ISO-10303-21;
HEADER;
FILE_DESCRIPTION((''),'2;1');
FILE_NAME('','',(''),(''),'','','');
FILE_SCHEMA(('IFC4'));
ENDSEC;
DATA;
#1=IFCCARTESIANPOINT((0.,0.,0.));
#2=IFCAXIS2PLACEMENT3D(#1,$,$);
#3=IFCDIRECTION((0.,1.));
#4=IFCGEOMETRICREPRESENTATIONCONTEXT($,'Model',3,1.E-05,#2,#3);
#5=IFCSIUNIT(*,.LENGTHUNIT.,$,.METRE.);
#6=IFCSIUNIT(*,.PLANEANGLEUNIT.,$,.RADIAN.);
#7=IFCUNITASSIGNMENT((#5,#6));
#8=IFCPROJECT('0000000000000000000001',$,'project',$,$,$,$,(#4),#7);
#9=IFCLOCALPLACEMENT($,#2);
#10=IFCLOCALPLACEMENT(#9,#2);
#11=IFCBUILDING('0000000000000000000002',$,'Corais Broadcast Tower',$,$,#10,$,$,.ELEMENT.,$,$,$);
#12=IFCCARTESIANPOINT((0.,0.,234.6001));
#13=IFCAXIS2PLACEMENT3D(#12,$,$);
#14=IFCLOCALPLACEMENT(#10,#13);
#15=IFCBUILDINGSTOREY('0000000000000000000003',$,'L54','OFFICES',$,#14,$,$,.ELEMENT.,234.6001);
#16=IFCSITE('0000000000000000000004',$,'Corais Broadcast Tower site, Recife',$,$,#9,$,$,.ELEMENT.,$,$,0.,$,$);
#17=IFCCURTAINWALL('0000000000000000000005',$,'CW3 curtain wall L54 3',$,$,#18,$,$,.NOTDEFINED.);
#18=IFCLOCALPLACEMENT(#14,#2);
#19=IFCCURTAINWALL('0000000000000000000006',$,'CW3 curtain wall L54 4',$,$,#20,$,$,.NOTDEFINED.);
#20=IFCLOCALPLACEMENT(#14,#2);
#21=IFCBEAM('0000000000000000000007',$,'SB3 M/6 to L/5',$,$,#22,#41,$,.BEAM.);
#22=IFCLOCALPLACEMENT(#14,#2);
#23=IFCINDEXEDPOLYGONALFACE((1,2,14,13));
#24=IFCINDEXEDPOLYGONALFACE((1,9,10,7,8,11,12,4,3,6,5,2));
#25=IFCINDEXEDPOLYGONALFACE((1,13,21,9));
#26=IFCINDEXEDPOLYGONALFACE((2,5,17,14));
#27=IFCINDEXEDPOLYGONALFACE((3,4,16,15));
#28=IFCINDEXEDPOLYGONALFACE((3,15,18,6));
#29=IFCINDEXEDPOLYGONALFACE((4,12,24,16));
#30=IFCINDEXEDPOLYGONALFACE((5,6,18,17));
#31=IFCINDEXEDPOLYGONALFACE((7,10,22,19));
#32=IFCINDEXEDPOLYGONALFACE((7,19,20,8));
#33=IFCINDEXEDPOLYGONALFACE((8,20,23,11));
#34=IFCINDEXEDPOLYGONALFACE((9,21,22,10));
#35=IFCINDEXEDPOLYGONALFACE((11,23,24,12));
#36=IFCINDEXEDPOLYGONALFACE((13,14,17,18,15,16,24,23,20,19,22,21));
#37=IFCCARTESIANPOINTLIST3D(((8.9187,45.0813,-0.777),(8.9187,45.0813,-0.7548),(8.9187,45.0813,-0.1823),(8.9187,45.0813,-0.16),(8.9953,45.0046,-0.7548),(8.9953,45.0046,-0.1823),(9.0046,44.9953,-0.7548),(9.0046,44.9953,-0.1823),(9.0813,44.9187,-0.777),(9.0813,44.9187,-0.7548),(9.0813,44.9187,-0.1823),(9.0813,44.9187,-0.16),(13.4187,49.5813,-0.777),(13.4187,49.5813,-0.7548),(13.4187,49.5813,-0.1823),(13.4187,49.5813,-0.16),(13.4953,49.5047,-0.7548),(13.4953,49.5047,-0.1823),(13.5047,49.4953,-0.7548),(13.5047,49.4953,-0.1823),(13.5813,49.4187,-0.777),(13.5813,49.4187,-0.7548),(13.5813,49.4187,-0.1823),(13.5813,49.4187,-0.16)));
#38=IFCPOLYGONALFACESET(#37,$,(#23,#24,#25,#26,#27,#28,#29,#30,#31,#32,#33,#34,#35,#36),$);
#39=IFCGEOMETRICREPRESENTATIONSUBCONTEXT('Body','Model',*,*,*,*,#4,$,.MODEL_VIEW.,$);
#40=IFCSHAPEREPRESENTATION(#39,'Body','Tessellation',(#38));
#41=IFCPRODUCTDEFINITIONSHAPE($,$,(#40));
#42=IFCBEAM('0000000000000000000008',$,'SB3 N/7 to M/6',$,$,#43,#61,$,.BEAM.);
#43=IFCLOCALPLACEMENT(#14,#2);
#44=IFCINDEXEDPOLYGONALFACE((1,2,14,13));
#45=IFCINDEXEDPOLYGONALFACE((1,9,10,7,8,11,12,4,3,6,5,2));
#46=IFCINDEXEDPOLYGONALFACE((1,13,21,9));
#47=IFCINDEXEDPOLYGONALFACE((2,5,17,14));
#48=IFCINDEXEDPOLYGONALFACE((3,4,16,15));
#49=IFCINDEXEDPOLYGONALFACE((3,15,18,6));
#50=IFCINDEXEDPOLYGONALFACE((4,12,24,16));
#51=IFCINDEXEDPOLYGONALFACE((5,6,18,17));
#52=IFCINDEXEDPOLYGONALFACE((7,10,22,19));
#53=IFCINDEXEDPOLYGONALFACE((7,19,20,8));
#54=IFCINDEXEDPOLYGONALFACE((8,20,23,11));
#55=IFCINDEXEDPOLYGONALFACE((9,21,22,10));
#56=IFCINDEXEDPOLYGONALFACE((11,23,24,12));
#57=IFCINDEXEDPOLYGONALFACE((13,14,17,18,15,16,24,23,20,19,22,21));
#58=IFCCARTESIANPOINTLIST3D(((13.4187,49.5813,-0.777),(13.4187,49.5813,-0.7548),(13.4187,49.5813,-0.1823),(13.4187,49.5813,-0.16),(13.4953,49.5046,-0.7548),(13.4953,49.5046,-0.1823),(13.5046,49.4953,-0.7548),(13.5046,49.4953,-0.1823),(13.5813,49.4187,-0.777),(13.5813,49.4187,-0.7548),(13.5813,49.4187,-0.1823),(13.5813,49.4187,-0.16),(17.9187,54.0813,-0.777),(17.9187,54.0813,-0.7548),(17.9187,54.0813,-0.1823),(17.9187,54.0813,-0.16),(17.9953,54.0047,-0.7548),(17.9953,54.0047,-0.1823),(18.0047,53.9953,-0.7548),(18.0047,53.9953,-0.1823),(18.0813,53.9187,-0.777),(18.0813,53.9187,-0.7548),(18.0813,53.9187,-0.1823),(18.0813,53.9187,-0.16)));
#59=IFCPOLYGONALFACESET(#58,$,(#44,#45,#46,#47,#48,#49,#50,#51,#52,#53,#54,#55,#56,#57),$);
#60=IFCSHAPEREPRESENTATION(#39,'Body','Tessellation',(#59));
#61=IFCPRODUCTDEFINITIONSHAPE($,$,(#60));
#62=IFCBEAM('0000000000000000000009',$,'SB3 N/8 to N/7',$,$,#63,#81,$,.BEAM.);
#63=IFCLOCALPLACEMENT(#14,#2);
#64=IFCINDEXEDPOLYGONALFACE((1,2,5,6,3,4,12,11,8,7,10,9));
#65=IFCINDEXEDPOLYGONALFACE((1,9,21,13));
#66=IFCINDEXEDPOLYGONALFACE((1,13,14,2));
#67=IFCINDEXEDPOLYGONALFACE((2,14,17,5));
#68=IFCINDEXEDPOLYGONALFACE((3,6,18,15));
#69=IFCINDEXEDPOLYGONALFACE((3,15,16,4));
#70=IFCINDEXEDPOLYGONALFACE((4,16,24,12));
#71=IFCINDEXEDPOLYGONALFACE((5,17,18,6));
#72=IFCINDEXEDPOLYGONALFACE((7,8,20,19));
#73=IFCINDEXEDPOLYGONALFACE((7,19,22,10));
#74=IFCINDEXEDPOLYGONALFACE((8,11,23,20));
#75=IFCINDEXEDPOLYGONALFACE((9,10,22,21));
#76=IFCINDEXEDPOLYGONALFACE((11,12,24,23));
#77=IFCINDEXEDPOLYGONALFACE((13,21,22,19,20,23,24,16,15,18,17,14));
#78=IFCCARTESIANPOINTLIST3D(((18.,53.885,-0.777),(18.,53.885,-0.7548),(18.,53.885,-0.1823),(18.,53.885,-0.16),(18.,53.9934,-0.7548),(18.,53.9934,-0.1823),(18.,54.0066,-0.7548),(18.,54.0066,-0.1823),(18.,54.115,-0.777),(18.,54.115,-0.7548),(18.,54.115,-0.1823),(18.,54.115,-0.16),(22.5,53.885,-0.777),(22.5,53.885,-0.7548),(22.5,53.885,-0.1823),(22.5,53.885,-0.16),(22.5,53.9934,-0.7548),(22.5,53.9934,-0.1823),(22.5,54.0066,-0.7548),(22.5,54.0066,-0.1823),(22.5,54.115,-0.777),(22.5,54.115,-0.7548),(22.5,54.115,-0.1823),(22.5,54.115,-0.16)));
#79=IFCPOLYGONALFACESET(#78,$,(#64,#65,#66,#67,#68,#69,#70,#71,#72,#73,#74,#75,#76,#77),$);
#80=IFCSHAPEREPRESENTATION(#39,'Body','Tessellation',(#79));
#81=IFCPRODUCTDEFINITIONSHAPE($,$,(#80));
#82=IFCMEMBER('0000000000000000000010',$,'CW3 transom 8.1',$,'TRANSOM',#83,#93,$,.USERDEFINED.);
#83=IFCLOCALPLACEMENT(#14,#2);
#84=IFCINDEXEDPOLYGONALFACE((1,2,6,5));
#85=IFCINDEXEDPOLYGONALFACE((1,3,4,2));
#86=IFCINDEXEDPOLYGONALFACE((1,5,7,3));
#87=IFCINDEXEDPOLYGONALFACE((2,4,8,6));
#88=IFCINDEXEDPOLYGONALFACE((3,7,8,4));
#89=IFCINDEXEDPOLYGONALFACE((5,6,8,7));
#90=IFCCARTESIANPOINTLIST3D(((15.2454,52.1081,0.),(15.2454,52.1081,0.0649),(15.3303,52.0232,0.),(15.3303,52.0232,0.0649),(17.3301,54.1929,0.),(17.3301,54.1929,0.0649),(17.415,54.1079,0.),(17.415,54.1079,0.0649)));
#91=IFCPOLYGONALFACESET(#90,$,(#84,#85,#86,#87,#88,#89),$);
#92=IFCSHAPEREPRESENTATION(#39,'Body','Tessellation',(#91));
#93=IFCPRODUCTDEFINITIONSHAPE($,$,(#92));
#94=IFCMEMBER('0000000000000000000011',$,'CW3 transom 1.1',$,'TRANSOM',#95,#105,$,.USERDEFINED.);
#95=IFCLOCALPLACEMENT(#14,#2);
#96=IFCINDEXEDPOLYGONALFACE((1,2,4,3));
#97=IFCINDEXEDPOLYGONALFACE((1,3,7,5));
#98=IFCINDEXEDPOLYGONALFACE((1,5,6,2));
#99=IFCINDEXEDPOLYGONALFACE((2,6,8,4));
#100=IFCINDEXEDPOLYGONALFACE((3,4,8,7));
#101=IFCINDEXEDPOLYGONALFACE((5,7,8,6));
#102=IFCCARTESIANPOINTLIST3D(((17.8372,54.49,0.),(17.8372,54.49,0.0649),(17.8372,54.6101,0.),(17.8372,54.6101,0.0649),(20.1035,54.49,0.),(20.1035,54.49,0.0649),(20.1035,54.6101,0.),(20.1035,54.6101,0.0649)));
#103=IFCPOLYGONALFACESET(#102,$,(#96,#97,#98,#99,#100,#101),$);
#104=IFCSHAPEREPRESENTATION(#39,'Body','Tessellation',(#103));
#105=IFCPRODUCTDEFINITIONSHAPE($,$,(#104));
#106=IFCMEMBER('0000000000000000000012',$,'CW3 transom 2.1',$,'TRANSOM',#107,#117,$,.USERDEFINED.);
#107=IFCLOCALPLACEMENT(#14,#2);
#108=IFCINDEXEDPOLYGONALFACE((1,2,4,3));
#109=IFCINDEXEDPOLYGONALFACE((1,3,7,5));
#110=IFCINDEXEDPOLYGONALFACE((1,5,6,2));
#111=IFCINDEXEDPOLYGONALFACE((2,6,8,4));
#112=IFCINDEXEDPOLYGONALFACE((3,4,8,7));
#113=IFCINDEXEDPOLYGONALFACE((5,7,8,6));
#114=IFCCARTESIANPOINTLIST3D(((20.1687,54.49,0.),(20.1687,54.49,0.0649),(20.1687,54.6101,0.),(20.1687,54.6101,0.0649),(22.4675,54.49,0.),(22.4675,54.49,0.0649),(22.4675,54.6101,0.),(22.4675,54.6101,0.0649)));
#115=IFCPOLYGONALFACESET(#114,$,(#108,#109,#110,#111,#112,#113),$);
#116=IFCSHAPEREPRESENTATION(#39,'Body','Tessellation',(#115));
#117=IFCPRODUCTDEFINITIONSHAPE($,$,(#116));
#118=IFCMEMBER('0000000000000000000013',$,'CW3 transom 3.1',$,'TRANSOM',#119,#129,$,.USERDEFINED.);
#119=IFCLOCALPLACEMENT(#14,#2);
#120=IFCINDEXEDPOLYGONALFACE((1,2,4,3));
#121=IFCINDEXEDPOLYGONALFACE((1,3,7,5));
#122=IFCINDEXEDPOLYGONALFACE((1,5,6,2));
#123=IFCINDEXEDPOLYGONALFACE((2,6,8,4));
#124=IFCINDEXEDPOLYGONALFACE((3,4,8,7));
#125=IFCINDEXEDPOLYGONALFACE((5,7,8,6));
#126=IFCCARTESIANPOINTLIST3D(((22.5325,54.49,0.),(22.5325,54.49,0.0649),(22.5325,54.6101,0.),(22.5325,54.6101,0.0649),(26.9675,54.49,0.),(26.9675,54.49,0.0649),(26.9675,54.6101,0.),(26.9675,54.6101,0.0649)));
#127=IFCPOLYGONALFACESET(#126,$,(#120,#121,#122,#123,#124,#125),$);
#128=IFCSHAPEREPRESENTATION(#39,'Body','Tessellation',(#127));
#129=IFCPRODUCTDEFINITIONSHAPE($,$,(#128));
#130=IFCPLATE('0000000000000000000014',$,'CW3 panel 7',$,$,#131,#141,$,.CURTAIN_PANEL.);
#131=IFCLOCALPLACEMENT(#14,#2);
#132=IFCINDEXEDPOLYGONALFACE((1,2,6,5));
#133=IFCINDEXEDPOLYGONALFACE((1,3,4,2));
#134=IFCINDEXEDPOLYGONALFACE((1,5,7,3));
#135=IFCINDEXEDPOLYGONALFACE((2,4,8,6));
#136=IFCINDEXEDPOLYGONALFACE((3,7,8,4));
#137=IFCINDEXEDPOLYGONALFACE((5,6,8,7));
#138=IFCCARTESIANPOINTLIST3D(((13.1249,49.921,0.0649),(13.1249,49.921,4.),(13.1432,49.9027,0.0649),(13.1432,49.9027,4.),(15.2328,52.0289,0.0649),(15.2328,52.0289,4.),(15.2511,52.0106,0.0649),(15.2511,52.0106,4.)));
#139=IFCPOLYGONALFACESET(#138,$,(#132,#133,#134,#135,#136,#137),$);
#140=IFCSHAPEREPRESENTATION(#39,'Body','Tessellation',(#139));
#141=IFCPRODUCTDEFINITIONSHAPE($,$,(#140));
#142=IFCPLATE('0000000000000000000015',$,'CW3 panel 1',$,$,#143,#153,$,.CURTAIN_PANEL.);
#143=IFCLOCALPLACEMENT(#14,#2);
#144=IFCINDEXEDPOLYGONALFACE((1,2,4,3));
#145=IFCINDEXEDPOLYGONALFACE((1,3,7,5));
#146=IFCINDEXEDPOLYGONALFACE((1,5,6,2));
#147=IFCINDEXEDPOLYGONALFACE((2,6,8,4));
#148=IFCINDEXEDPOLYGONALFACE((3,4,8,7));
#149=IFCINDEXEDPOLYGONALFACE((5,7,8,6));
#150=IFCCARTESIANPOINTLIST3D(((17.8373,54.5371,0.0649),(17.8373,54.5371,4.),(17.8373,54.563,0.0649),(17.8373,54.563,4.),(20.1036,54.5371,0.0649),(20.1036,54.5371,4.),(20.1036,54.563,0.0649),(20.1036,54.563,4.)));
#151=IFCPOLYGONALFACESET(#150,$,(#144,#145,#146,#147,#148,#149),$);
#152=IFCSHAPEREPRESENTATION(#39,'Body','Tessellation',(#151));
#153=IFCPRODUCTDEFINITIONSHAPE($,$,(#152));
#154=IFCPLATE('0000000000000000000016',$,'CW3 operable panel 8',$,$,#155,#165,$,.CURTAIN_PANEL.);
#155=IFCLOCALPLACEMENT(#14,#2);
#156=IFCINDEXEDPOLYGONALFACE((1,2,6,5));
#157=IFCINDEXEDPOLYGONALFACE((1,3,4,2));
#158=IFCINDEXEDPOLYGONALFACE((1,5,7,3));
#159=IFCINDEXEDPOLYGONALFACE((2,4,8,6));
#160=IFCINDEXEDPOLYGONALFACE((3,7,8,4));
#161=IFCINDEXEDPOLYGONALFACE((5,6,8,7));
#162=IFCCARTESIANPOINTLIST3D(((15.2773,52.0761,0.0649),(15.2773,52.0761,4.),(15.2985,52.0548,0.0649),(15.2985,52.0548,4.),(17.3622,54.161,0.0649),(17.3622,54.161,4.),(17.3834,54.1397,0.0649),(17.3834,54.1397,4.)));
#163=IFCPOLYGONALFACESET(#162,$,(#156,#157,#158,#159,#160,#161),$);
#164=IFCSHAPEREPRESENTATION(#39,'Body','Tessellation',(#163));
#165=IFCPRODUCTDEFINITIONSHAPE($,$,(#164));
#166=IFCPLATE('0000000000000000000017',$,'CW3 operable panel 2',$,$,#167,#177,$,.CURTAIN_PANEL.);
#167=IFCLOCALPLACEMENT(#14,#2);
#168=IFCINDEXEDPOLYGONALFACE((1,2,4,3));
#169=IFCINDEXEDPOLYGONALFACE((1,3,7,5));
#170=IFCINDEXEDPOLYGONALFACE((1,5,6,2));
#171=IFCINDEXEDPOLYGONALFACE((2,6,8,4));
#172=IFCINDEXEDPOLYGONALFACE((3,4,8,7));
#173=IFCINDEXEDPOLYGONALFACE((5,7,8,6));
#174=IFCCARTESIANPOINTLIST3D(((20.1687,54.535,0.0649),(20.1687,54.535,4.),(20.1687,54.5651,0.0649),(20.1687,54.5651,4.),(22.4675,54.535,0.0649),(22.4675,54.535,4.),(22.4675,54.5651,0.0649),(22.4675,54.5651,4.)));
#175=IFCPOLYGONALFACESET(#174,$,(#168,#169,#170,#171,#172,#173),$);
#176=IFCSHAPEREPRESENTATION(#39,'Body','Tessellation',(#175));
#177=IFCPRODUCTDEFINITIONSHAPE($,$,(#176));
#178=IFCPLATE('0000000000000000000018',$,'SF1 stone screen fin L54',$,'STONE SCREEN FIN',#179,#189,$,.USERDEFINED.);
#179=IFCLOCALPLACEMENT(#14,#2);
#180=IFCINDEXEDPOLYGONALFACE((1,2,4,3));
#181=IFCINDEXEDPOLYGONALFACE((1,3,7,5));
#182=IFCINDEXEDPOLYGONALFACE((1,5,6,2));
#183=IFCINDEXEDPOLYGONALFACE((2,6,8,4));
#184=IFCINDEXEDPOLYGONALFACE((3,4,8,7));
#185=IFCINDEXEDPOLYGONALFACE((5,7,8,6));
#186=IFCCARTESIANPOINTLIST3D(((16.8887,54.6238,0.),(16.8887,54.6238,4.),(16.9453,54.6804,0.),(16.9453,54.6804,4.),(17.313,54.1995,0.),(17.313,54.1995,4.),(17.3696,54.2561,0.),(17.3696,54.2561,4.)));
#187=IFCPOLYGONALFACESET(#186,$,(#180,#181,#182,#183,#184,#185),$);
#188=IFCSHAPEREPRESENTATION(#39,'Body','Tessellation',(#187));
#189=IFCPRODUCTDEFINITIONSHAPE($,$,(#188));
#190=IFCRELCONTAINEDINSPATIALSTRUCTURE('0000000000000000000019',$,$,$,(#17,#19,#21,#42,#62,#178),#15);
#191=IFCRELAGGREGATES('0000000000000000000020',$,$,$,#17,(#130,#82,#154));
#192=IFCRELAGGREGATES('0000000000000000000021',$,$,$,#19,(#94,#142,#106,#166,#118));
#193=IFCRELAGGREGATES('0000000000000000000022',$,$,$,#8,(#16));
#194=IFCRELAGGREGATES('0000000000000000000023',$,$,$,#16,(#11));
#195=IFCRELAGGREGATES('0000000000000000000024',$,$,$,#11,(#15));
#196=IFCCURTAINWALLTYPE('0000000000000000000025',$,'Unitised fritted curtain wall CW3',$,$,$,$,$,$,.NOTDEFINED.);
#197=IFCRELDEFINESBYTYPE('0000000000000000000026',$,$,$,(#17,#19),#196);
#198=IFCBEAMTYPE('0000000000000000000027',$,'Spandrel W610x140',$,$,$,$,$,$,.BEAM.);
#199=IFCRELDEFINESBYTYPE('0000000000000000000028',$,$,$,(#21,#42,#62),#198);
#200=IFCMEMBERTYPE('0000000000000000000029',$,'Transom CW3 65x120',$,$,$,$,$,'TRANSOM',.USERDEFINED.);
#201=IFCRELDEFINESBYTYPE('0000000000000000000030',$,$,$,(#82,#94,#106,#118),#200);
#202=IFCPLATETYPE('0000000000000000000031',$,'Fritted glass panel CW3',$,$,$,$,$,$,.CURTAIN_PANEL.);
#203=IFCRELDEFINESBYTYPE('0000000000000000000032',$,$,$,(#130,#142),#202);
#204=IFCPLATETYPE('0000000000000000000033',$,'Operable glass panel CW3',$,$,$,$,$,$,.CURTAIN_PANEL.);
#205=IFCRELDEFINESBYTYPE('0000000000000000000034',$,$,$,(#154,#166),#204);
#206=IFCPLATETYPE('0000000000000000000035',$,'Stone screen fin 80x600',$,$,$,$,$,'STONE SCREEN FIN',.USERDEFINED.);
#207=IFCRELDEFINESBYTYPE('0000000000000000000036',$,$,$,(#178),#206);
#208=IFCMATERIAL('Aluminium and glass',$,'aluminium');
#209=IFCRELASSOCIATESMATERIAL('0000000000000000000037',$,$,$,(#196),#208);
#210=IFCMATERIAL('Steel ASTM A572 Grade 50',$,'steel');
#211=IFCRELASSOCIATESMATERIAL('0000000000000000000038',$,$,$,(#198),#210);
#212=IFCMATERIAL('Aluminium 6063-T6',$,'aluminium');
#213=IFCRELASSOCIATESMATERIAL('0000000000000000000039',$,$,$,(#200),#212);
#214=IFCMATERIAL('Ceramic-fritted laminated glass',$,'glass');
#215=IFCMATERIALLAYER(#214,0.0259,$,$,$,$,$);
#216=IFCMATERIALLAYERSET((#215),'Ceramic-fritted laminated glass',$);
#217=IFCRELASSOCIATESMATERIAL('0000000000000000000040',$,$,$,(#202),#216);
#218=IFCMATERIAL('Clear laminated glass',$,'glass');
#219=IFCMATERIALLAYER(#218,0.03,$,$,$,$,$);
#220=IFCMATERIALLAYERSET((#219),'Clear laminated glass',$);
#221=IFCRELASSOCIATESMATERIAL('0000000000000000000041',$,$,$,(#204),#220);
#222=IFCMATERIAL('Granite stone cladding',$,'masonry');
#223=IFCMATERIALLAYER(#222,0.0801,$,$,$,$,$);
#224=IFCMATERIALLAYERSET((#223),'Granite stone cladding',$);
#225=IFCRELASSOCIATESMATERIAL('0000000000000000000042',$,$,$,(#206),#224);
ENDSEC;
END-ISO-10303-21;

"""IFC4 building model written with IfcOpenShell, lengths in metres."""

from ifc_helpers import new_model, si_unit, direction, frame, origin, origin_2d, place, context, subcontext, project, spatial, rectangle, i_section, extrude, material, layer, layer_set, material_profile, profile_set, type_object, element, aggregate, save


model = new_model("IFC4")

# Units and contexts
model_context = context("Model", 3, precision=1e-05, world=origin(), true_north=direction((0.0, 1.0)))
body_context = subcontext(model_context, "Body", "Model", "MODEL_VIEW")
ifc_project = project(units=[si_unit("LENGTHUNIT", "METRE"), si_unit("PLANEANGLEUNIT", "RADIAN")], contexts=[model_context])

# Site, building, storey
site_placement = place(None, origin())
site = spatial("IfcSite", under=ifc_project, at=site_placement, Name="Corais Broadcast Tower site, Recife", CompositionType="ELEMENT", RefElevation=0.0)
building_placement = place(site_placement, origin())
building = spatial("IfcBuilding", under=site, at=building_placement, Name="Corais Broadcast Tower", CompositionType="ELEMENT")
storey_placement = place(building_placement, frame((0.0, 0.0, 234.6001)))
storey = spatial("IfcBuildingStorey", under=building, at=storey_placement, Name="L54", Description="OFFICES", CompositionType="ELEMENT", Elevation=234.6001)

# Curtain walls
ifc_material_1 = material(Name="Aluminium and glass", Category="aluminium")
curtain_wall_type = type_object("IfcCurtainWallType", Name="Unitised fritted curtain wall CW3", PredefinedType="NOTDEFINED", material=ifc_material_1)
curtain_wall_1_placement = place(storey_placement, origin())
curtain_wall_1 = element("IfcCurtainWall", 1, at=curtain_wall_1_placement, inside=storey, type_object=curtain_wall_type, Name="CW3 curtain wall L54 3", PredefinedType="NOTDEFINED")
curtain_wall_2_placement = place(storey_placement, origin())
curtain_wall_2 = element("IfcCurtainWall", 2, at=curtain_wall_2_placement, inside=storey, type_object=curtain_wall_type, Name="CW3 curtain wall L54 4", PredefinedType="NOTDEFINED")

# Beams
ifc_material_2 = material(Name="Steel ASTM A572 Grade 50", Category="steel")
ifc_material_profile_1 = material_profile(ifc_material_2, i_section(OverallWidth=0.23, OverallDepth=0.6169, WebThickness=0.0132, FlangeThickness=0.0222, at=origin_2d()), Name="W610x140")
ifc_profile_set_1 = profile_set([ifc_material_profile_1], Name="Steel ASTM A572 Grade 50")
beam_type_1 = type_object("IfcBeamType", Name="Spandrel W610x140", PredefinedType="BEAM", material=ifc_profile_set_1)
for number, where, z_axis, x_axis, name in (
    (3, (13.5, 49.5, -0.4685), (-0.707107, -0.707107, 0.0), (0.707107, -0.707107, 0.0), "SB3 M/6 to L/5"),
    (4, (18.0, 54.0, -0.4685), (-0.707107, -0.707107, 0.0), (0.707107, -0.707107, 0.0), "SB3 N/7 to M/6"),
):
    element("IfcBeam", number, at=place(storey_placement, frame(where, z_axis=z_axis, x_axis=x_axis)), inside=storey, type_object=beam_type_1, Name=name, PredefinedType="BEAM", context=body_context, shape_type="SweptSolid", body=[
        extrude(i_section(OverallWidth=0.23, OverallDepth=0.6169, WebThickness=0.0132, FlangeThickness=0.0222, at=origin_2d()), origin(), (0.0, 0.0, 1.0), 6.364),
    ])
beam_1_placement = place(storey_placement, frame((22.5, 54.0, -0.4685), z_axis=(-1.0, 0.0, 0.0), x_axis=(0.0, -1.0, 0.0)))
element("IfcBeam", 5, at=beam_1_placement, inside=storey, type_object=beam_type_1, Name="SB3 N/8 to N/7", PredefinedType="BEAM", context=body_context, shape_type="SweptSolid", body=[
    extrude(i_section(OverallWidth=0.23, OverallDepth=0.6169, WebThickness=0.0132, FlangeThickness=0.0222, at=origin_2d()), origin(), (0.0, 0.0, 1.0), 4.5),
])

# Members
ifc_material_3 = material(Name="Aluminium 6063-T6", Category="aluminium")
ifc_material_profile_2 = material_profile(ifc_material_3, rectangle(XDim=0.1201, YDim=0.0649, at=origin_2d()), Name="Transom CW3 65x120")
ifc_profile_set_2 = profile_set([ifc_material_profile_2], Name="Aluminium 6063-T6")
member_type_1 = type_object("IfcMemberType", Name="Transom CW3 65x120", ElementType="TRANSOM", PredefinedType="USERDEFINED", material=ifc_profile_set_2)
member_1_placement = place(storey_placement, frame((15.2878, 52.0657, 0.0325), z_axis=(0.707107, 0.707107, 0.0), x_axis=(-0.707107, 0.707107, 0.0)))
member_1 = element("IfcMember", 6, at=member_1_placement, type_object=member_type_1, Name="CW3 transom 8.1", ObjectType="TRANSOM", PredefinedType="USERDEFINED", context=body_context, shape_type="SweptSolid", body=[
    extrude(rectangle(XDim=0.1201, YDim=0.0649, at=origin_2d()), origin(), (0.0, 0.0, 1.0), 2.9482),
])
member_2_placement = place(storey_placement, frame((17.8372, 54.55, 0.0325), z_axis=(1.0, 0.0, 0.0), x_axis=(0.0, 1.0, 0.0)))
member_2 = element("IfcMember", 7, at=member_2_placement, type_object=member_type_1, Name="CW3 transom 1.1", ObjectType="TRANSOM", PredefinedType="USERDEFINED", context=body_context, shape_type="SweptSolid", body=[
    extrude(rectangle(XDim=0.1201, YDim=0.0649, at=origin_2d()), origin(), (0.0, 0.0, 1.0), 2.2664),
])
member_3_placement = place(storey_placement, frame((20.1687, 54.55, 0.0325), z_axis=(1.0, 0.0, 0.0), x_axis=(0.0, 1.0, 0.0)))
member_3 = element("IfcMember", 8, at=member_3_placement, type_object=member_type_1, Name="CW3 transom 2.1", ObjectType="TRANSOM", PredefinedType="USERDEFINED", context=body_context, shape_type="SweptSolid", body=[
    extrude(rectangle(XDim=0.1201, YDim=0.0649, at=origin_2d()), origin(), (0.0, 0.0, 1.0), 2.2988),
])
member_4_placement = place(storey_placement, frame((22.5325, 54.55, 0.0325), z_axis=(1.0, 0.0, 0.0), x_axis=(0.0, 1.0, 0.0)))
member_4 = element("IfcMember", 9, at=member_4_placement, type_object=member_type_1, Name="CW3 transom 3.1", ObjectType="TRANSOM", PredefinedType="USERDEFINED", context=body_context, shape_type="SweptSolid", body=[
    extrude(rectangle(XDim=0.1201, YDim=0.0649, at=origin_2d()), origin(), (0.0, 0.0, 1.0), 4.4351),
])

# Plates
ifc_material_4 = material(Name="Ceramic-fritted laminated glass", Category="glass")
ifc_layer_1 = layer(ifc_material_4, 0.0259)
ifc_layer_set_1 = layer_set([ifc_layer_1], Name="Ceramic-fritted laminated glass")
plate_type_1 = type_object("IfcPlateType", Name="Fritted glass panel CW3", PredefinedType="CURTAIN_PANEL", material=ifc_layer_set_1)
plate_1_placement = place(storey_placement, frame((14.188, 50.9658, 0.0649), z_axis=(0.0, 0.0, 1.0), x_axis=(0.707107, 0.707107, 0.0)))
plate_1 = element("IfcPlate", 10, at=plate_1_placement, type_object=plate_type_1, Name="CW3 panel 7", PredefinedType="CURTAIN_PANEL", context=body_context, shape_type="SweptSolid", body=[
    extrude(rectangle(XDim=2.981, YDim=0.0259, at=origin_2d()), origin(), (0.0, 0.0, 1.0), 3.9351),
])
plate_2_placement = place(storey_placement, frame((18.9705, 54.55, 0.0649), z_axis=(0.0, 0.0, 1.0), x_axis=(1.0, 0.0, 0.0)))
plate_2 = element("IfcPlate", 11, at=plate_2_placement, type_object=plate_type_1, Name="CW3 panel 1", PredefinedType="CURTAIN_PANEL", context=body_context, shape_type="SweptSolid", body=[
    extrude(rectangle(XDim=2.2664, YDim=0.0259, at=origin_2d()), origin(), (0.0, 0.0, 1.0), 3.9351),
])
ifc_material_5 = material(Name="Clear laminated glass", Category="glass")
ifc_layer_2 = layer(ifc_material_5, 0.03)
ifc_layer_set_2 = layer_set([ifc_layer_2], Name="Clear laminated glass")
plate_type_2 = type_object("IfcPlateType", Name="Operable glass panel CW3", PredefinedType="CURTAIN_PANEL", material=ifc_layer_set_2)
plate_3_placement = place(storey_placement, frame((16.3303, 53.1079, 0.0649), z_axis=(0.0, 0.0, 1.0), x_axis=(0.707107, 0.707107, 0.0)))
plate_3 = element("IfcPlate", 12, at=plate_3_placement, type_object=plate_type_2, Name="CW3 operable panel 8", PredefinedType="CURTAIN_PANEL", context=body_context, shape_type="SweptSolid", body=[
    extrude(rectangle(XDim=2.9485, YDim=0.03, at=origin_2d()), origin(), (0.0, 0.0, 1.0), 3.9351),
])
aggregate(curtain_wall_1, [plate_1, member_1, plate_3])
plate_4_placement = place(storey_placement, frame((21.3181, 54.55, 0.0649), z_axis=(0.0, 0.0, 1.0), x_axis=(1.0, 0.0, 0.0)))
plate_4 = element("IfcPlate", 13, at=plate_4_placement, type_object=plate_type_2, Name="CW3 operable panel 2", PredefinedType="CURTAIN_PANEL", context=body_context, shape_type="SweptSolid", body=[
    extrude(rectangle(XDim=2.2988, YDim=0.03, at=origin_2d()), origin(), (0.0, 0.0, 1.0), 3.9351),
])
aggregate(curtain_wall_2, [member_2, plate_2, member_3, plate_4, member_4])
ifc_material_6 = material(Name="Granite stone cladding", Category="masonry")
ifc_layer_3 = layer(ifc_material_6, 0.0801)
ifc_layer_set_3 = layer_set([ifc_layer_3], Name="Granite stone cladding")
plate_type_3 = type_object("IfcPlateType", Name="Stone screen fin 80x600", ElementType="STONE SCREEN FIN", PredefinedType="USERDEFINED", material=ifc_layer_set_3)
plate_5_placement = place(storey_placement, frame((17.1292, 54.4399, 0.0), z_axis=(0.0, 0.0, 1.0), x_axis=(0.707107, 0.707107, 0.0)))
element("IfcPlate", 14, at=plate_5_placement, inside=storey, type_object=plate_type_3, Name="SF1 stone screen fin L54", ObjectType="STONE SCREEN FIN", PredefinedType="USERDEFINED", context=body_context, shape_type="SweptSolid", body=[
    extrude(rectangle(XDim=0.0801, YDim=0.6001, at=origin_2d()), origin(), (0.0, 0.0, 1.0), 4.0),
])

save(model, "model.ifc")
